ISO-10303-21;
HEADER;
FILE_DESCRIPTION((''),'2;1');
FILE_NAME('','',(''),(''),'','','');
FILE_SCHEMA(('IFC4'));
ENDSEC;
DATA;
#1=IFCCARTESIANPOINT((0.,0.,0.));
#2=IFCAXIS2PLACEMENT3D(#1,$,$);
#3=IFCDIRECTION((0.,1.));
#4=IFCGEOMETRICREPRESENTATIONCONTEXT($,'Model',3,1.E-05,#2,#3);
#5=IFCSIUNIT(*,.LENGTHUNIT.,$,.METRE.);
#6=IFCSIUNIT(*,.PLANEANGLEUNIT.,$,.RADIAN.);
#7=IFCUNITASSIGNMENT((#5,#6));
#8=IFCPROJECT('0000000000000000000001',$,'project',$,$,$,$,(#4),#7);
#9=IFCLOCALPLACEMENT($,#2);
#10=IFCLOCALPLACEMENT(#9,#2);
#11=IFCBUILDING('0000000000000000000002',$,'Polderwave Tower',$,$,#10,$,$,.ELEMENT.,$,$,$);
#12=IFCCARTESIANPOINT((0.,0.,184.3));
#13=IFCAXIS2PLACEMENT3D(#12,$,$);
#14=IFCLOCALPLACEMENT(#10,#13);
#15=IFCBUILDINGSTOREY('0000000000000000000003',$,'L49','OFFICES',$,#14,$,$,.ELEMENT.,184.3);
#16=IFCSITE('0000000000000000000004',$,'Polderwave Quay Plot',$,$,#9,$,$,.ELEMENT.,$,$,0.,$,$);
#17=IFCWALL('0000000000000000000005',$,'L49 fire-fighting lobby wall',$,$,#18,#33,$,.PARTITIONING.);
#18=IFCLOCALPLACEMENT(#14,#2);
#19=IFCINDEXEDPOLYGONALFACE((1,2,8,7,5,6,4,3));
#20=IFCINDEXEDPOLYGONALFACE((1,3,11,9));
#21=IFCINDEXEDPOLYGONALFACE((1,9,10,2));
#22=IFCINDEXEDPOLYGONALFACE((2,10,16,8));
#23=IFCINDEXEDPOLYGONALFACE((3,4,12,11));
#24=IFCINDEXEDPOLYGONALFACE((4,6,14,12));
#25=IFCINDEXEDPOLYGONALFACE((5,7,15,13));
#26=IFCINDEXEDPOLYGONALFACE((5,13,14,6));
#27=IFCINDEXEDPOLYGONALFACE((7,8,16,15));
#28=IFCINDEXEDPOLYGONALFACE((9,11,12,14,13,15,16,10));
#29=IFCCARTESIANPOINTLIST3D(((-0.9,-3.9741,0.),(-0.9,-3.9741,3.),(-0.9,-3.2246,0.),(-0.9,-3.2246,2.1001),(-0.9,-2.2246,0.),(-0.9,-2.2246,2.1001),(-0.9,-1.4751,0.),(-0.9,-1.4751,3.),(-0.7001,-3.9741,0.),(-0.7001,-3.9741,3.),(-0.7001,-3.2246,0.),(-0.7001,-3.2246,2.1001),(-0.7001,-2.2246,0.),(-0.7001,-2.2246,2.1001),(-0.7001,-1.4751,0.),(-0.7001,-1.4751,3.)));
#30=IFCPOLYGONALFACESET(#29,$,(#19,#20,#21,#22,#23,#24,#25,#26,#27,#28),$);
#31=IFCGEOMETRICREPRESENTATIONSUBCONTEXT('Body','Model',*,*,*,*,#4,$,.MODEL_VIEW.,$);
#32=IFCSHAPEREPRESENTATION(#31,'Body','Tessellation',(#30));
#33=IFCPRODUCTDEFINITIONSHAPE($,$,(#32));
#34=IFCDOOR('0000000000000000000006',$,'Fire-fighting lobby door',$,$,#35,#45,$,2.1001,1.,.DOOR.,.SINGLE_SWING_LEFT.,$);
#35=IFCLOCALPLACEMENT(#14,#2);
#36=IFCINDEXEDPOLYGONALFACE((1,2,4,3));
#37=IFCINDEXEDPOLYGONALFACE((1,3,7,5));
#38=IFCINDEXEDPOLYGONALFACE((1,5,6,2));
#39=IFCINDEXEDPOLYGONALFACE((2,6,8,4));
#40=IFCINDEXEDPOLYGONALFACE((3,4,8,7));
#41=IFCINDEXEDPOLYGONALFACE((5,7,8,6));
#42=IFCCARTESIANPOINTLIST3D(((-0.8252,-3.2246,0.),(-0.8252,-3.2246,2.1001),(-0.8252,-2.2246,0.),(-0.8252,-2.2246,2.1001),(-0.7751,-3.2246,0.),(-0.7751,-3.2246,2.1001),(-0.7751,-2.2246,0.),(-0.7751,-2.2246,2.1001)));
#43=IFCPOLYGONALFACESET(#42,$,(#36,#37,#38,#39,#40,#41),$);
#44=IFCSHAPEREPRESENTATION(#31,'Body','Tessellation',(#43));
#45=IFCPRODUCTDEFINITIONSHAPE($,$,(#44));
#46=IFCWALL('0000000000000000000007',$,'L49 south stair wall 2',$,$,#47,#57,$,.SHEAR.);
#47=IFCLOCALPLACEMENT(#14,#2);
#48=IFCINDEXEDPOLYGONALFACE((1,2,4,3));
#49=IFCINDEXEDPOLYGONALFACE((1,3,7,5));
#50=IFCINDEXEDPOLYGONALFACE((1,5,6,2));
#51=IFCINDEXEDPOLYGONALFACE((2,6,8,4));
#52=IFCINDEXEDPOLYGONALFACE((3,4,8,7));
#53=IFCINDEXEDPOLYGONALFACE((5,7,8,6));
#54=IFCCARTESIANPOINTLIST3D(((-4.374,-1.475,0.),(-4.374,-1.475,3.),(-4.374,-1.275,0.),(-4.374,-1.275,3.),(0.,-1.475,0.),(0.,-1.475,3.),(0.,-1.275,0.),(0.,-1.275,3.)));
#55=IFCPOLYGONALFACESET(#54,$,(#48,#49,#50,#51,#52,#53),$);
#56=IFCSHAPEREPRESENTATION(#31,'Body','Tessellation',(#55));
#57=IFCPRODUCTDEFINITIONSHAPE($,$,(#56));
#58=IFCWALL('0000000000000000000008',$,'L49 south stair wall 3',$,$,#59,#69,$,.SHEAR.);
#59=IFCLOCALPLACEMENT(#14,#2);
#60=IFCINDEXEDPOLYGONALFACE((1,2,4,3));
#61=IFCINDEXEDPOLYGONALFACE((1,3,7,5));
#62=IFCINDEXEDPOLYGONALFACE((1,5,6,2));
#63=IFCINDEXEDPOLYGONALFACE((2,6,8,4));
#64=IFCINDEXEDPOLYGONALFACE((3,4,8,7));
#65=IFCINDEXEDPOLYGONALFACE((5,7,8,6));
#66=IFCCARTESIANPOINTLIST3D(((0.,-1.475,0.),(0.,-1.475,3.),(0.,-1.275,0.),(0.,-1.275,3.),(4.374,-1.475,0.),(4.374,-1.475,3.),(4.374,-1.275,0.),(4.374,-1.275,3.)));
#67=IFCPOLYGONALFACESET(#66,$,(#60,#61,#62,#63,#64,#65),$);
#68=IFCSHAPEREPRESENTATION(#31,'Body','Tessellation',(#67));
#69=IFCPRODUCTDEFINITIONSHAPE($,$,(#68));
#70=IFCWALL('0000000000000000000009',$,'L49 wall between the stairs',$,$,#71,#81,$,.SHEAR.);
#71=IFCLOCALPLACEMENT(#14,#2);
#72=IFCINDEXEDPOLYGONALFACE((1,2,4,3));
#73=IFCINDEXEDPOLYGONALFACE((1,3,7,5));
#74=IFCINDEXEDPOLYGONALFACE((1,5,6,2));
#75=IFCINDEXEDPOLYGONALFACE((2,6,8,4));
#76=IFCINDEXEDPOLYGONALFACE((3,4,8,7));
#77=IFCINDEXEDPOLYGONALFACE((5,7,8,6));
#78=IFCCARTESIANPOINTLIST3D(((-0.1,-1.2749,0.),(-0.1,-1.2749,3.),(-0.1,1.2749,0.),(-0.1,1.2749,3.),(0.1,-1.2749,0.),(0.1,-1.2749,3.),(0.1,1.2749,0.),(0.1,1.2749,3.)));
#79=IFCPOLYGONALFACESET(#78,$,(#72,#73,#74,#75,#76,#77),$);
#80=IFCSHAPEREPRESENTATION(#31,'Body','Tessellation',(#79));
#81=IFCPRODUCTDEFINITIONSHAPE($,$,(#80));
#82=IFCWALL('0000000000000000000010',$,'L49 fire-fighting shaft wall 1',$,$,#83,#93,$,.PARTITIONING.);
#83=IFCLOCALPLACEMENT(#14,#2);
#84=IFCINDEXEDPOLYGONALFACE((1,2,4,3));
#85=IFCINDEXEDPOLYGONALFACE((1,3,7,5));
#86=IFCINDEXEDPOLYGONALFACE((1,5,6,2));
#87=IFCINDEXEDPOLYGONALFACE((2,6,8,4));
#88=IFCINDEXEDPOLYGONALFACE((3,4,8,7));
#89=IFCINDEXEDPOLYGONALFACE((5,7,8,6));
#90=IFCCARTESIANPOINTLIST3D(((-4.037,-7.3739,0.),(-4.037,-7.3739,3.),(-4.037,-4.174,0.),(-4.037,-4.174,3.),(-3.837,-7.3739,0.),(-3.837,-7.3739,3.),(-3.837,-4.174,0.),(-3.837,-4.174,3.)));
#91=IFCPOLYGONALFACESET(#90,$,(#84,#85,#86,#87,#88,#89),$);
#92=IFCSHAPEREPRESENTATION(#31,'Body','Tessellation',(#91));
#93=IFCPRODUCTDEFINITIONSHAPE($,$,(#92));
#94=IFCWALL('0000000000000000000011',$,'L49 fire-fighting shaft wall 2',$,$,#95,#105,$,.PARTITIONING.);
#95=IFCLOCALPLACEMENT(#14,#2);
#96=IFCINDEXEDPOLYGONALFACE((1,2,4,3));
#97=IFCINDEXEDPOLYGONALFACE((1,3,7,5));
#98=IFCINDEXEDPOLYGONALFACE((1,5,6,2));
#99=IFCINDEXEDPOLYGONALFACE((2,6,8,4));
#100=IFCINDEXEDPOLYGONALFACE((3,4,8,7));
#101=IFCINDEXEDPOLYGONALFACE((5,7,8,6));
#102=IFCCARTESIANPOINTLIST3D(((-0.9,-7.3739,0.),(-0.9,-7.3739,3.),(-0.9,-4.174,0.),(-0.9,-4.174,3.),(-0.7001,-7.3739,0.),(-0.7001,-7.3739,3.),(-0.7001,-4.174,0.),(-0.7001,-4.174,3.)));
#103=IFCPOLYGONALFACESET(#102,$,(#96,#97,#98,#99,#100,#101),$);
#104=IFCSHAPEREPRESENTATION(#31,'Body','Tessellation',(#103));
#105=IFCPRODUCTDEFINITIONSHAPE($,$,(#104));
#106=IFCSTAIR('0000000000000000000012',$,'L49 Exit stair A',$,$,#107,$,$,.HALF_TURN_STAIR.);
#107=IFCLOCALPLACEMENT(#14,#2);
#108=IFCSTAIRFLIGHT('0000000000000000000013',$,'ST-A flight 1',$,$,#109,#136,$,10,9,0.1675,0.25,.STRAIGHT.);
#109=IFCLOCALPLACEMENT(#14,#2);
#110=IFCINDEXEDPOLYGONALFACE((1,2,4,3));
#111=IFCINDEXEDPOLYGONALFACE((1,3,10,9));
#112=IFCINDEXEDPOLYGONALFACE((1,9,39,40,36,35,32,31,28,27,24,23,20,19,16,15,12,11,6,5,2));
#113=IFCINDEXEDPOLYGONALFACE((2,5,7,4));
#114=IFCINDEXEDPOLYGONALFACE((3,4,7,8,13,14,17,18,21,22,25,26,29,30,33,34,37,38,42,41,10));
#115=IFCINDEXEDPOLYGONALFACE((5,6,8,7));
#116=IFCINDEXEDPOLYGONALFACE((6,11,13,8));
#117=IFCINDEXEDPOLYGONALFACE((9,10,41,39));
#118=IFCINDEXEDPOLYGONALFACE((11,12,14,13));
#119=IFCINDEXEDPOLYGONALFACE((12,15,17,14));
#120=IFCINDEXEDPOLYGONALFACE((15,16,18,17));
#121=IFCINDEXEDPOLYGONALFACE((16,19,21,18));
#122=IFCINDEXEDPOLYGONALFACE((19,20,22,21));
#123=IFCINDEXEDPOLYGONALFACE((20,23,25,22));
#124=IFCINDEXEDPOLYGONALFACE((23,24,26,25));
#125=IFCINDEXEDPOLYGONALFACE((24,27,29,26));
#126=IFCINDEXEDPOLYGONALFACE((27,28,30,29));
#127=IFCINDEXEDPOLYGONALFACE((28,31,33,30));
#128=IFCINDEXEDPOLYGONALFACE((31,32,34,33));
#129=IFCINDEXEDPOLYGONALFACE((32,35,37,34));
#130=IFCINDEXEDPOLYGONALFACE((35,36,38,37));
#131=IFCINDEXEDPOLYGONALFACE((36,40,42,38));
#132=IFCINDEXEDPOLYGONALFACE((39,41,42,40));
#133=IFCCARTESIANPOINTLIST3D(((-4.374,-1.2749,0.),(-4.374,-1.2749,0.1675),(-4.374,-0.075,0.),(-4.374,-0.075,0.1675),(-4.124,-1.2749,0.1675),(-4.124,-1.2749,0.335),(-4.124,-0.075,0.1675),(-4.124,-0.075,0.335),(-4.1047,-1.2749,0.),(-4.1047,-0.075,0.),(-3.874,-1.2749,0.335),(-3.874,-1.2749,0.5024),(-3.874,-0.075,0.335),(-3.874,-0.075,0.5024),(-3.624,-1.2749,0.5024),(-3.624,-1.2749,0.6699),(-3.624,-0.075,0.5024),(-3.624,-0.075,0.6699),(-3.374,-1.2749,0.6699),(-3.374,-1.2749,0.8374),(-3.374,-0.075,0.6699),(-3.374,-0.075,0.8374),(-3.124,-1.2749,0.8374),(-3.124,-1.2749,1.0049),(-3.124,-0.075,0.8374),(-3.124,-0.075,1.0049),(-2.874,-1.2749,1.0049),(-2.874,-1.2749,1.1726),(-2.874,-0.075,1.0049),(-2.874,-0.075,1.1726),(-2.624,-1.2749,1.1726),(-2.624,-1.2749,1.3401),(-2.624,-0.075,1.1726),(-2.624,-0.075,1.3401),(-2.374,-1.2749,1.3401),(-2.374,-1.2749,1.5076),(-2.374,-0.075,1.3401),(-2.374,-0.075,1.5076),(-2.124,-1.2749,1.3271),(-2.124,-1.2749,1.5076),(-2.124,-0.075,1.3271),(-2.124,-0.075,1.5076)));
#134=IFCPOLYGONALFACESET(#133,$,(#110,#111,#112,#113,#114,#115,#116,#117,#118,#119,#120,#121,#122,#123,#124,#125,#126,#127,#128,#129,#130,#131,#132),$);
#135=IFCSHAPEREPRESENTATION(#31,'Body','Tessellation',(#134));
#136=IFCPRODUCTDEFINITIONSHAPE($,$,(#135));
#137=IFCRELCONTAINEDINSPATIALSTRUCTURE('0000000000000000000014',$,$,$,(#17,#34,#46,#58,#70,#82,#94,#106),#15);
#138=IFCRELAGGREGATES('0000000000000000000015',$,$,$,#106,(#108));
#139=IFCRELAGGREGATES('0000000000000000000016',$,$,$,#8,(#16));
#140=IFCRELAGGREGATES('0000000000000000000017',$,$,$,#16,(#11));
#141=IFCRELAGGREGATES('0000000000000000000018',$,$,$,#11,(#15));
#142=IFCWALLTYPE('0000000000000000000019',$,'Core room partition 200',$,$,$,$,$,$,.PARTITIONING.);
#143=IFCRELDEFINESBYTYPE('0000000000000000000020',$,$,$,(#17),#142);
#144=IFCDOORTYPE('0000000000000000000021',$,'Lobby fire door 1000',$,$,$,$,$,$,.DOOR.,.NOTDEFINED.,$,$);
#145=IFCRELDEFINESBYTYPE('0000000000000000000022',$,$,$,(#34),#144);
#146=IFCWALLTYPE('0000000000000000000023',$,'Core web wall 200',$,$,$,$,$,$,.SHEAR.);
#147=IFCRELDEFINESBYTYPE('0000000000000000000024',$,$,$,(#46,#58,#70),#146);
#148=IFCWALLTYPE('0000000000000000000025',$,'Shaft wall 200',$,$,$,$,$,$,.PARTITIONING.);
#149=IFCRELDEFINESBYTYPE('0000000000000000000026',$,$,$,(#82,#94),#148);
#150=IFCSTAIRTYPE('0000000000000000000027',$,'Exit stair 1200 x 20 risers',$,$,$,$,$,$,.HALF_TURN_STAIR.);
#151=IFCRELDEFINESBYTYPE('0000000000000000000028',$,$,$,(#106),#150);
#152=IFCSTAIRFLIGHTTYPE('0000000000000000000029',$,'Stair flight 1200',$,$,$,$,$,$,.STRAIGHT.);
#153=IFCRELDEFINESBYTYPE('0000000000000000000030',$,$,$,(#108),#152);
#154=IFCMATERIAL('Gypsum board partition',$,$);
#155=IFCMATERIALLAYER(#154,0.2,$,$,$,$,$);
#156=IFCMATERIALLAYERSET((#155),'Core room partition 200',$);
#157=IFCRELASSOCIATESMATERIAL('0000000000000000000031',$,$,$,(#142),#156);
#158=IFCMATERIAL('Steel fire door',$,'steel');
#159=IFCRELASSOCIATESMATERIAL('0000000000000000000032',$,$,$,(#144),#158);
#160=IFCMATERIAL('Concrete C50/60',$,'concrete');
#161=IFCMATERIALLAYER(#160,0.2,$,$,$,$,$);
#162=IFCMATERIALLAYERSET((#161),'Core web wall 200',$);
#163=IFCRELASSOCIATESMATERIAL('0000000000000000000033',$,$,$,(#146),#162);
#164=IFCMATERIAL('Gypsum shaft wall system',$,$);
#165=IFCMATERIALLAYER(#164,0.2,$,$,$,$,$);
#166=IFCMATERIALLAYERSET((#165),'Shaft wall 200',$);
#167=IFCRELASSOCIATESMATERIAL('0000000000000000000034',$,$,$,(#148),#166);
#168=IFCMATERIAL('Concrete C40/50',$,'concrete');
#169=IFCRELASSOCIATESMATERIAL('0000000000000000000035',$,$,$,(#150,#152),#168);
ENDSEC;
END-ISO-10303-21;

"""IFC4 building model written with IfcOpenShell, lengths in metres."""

from ifc_helpers import new_model, si_unit, direction, frame, frame_2d, origin, place, context, subcontext, project, spatial, polyline, rectangle, outline, extrude, material, layer, layer_set, type_object, element, fill, aggregate, save


model = new_model("IFC4")

# Units and contexts
model_context = context("Model", 3, precision=1e-05, world=origin(), true_north=direction((0.0, 1.0)))
body_context = subcontext(model_context, "Body", "Model", "MODEL_VIEW")
ifc_project = project(units=[si_unit("LENGTHUNIT", "METRE"), si_unit("PLANEANGLEUNIT", "RADIAN")], contexts=[model_context])

# Site, building, storey
site_placement = place(None, origin())
site = spatial("IfcSite", under=ifc_project, at=site_placement, Name="Polderwave Quay Plot", CompositionType="ELEMENT", RefElevation=0.0)
building_placement = place(site_placement, origin())
building = spatial("IfcBuilding", under=site, at=building_placement, Name="Polderwave Tower", CompositionType="ELEMENT")
storey_placement = place(building_placement, frame((0.0, 0.0, 184.3)))
storey = spatial("IfcBuildingStorey", under=building, at=storey_placement, Name="L49", Description="OFFICES", CompositionType="ELEMENT", Elevation=184.3)

# Wall, opening, door
ifc_material_1 = material(Name="Gypsum board partition")
ifc_layer_1 = layer(ifc_material_1, 0.2)
ifc_layer_set_1 = layer_set([ifc_layer_1], Name="Core room partition 200")
wall_type_1 = type_object("IfcWallType", Name="Core room partition 200", PredefinedType="PARTITIONING", material=ifc_layer_set_1)
wall_1_placement = place(storey_placement, frame((-0.8, -3.9741, 0.0), z_axis=(0.0, 0.0, 1.0), x_axis=(0.0, 1.0, 0.0)))
wall_1 = element("IfcWall", 1, at=wall_1_placement, inside=storey, type_object=wall_type_1, Name="L49 fire-fighting lobby wall", PredefinedType="PARTITIONING", context=body_context, shape_type="SweptSolid", body=[
    extrude(rectangle(XDim=2.499, YDim=0.2, at=frame_2d((1.2495, 0.0))), origin(), (0.0, 0.0, 1.0), 3.0),
])
opening_placement = place(wall_1_placement, frame((0.7495, 0.0, 0.0)))
opening = element("IfcOpeningElement", 2, at=opening_placement, cuts=wall_1, PredefinedType="OPENING", context=body_context, shape_type="SweptSolid", body=[
    extrude(rectangle(XDim=1.0, YDim=2.1001, at=frame_2d((0.5, 1.05))), frame((0.0, 0.1099, 0.0), z_axis=(0.0, -1.0, 0.0), x_axis=(1.0, 0.0, 0.0)), (0.0, 0.0, 1.0), 0.22),
])
ifc_material_2 = material(Name="Steel fire door", Category="steel")
door_type = type_object("IfcDoorType", Name="Lobby fire door 1000", OperationType="NOTDEFINED", PredefinedType="DOOR", material=ifc_material_2)
door_placement = place(opening_placement, frame((1.0, 0.0, 0.0), z_axis=(0.0, 0.0, 1.0), x_axis=(-1.0, 0.0, 0.0)))
door = element("IfcDoor", 3, at=door_placement, inside=storey, type_object=door_type, Name="Fire-fighting lobby door", OperationType="SINGLE_SWING_LEFT", OverallHeight=2.1001, OverallWidth=1.0, PredefinedType="DOOR", context=body_context, shape_type="SweptSolid", body=[
    extrude(rectangle(XDim=1.0, YDim=2.1001, at=frame_2d((0.5, 1.05))), frame((0.0, 0.0249, 0.0), z_axis=(0.0, -1.0, 0.0), x_axis=(1.0, 0.0, 0.0)), (0.0, 0.0, 1.0), 0.05),
])
fill(opening, door)

# Walls
ifc_material_3 = material(Name="Concrete C50/60", Category="concrete")
ifc_layer_2 = layer(ifc_material_3, 0.2)
ifc_layer_set_2 = layer_set([ifc_layer_2], Name="Core web wall 200")
wall_type_2 = type_object("IfcWallType", Name="Core web wall 200", PredefinedType="SHEAR", material=ifc_layer_set_2)
for number, where, z_axis, x_axis, name in (
    (4, (-4.374, -1.375, 0.0), (0.0, 0.0, 1.0), (1.0, 0.0, 0.0), "L49 south stair wall 2"),
    (5, (0.0, -1.375, 0.0), (0.0, 0.0, 1.0), (1.0, 0.0, 0.0), "L49 south stair wall 3"),
):
    element("IfcWall", number, at=place(storey_placement, frame(where, z_axis=z_axis, x_axis=x_axis)), inside=storey, type_object=wall_type_2, Name=name, PredefinedType="SHEAR", context=body_context, shape_type="SweptSolid", body=[
        extrude(rectangle(XDim=4.374, YDim=0.2, at=frame_2d((2.187, 0.0))), origin(), (0.0, 0.0, 1.0), 3.0),
    ])
wall_2_placement = place(storey_placement, frame((0.0, -1.2749, 0.0), z_axis=(0.0, 0.0, 1.0), x_axis=(0.0, 1.0, 0.0)))
element("IfcWall", 6, at=wall_2_placement, inside=storey, type_object=wall_type_2, Name="L49 wall between the stairs", PredefinedType="SHEAR", context=body_context, shape_type="SweptSolid", body=[
    extrude(rectangle(XDim=2.5498, YDim=0.2, at=frame_2d((1.2749, 0.0))), origin(), (0.0, 0.0, 1.0), 3.0),
])
ifc_material_4 = material(Name="Gypsum shaft wall system")
ifc_layer_3 = layer(ifc_material_4, 0.2)
ifc_layer_set_3 = layer_set([ifc_layer_3], Name="Shaft wall 200")
wall_type_3 = type_object("IfcWallType", Name="Shaft wall 200", PredefinedType="PARTITIONING", material=ifc_layer_set_3)
for number, where, z_axis, x_axis, name in (
    (7, (-3.937, -7.374, 0.0), (0.0, 0.0, 1.0), (0.0, 1.0, 0.0), "L49 fire-fighting shaft wall 1"),
    (8, (-0.8, -7.374, 0.0), (0.0, 0.0, 1.0), (0.0, 1.0, 0.0), "L49 fire-fighting shaft wall 2"),
):
    element("IfcWall", number, at=place(storey_placement, frame(where, z_axis=z_axis, x_axis=x_axis)), inside=storey, type_object=wall_type_3, Name=name, PredefinedType="PARTITIONING", context=body_context, shape_type="SweptSolid", body=[
        extrude(rectangle(XDim=3.2, YDim=0.2, at=frame_2d((1.6001, 0.0))), origin(), (0.0, 0.0, 1.0), 3.0),
    ])

# Stair, stair flight
ifc_material_5 = material(Name="Concrete C40/50", Category="concrete")
stair_type = type_object("IfcStairType", Name="Exit stair 1200 x 20 risers", PredefinedType="HALF_TURN_STAIR", material=ifc_material_5)
stair_placement = place(storey_placement, origin())
stair = element("IfcStair", 9, at=stair_placement, inside=storey, type_object=stair_type, Name="L49 Exit stair A", PredefinedType="HALF_TURN_STAIR")
stair_flight_type = type_object("IfcStairFlightType", Name="Stair flight 1200", PredefinedType="STRAIGHT", material=ifc_material_5)
stair_flight_placement = place(storey_placement, frame((-4.374, -0.675, 0.0), z_axis=(0.0, 0.0, 1.0), x_axis=(1.0, 0.0, 0.0)))
stair_flight = element("IfcStairFlight", 10, at=stair_flight_placement, type_object=stair_flight_type, Name="ST-A flight 1", NumberOfRisers=10, NumberOfTreads=9, PredefinedType="STRAIGHT", RiserHeight=0.1675, TreadLength=0.25, context=body_context, shape_type="SweptSolid", body=[
    extrude(outline(polyline([(0.0, 0.0), (0.0, 0.1675), (0.25, 0.1675), (0.25, 0.335), (0.5, 0.335), (0.5, 0.5024), (0.75, 0.5024), (0.75, 0.6699), (1.0, 0.6699), (1.0, 0.8374), (1.25, 0.8374), (1.25, 1.0049), (1.5, 1.0049), (1.5, 1.1726), (1.75, 1.1726), (1.75, 1.3401), (2.0, 1.3401), (2.0, 1.5076), (2.25, 1.5076), (2.25, 1.675), (2.25, 1.3271), (0.2693, 0.0), (0.0, 0.0)])), frame((0.0, 0.6001, 0.0), z_axis=(0.0, -1.0, 0.0), x_axis=(1.0, 0.0, 0.0)), (0.0, 0.0, 1.0), 1.2),
])
aggregate(stair, [stair_flight])

save(model, "model.ifc")
